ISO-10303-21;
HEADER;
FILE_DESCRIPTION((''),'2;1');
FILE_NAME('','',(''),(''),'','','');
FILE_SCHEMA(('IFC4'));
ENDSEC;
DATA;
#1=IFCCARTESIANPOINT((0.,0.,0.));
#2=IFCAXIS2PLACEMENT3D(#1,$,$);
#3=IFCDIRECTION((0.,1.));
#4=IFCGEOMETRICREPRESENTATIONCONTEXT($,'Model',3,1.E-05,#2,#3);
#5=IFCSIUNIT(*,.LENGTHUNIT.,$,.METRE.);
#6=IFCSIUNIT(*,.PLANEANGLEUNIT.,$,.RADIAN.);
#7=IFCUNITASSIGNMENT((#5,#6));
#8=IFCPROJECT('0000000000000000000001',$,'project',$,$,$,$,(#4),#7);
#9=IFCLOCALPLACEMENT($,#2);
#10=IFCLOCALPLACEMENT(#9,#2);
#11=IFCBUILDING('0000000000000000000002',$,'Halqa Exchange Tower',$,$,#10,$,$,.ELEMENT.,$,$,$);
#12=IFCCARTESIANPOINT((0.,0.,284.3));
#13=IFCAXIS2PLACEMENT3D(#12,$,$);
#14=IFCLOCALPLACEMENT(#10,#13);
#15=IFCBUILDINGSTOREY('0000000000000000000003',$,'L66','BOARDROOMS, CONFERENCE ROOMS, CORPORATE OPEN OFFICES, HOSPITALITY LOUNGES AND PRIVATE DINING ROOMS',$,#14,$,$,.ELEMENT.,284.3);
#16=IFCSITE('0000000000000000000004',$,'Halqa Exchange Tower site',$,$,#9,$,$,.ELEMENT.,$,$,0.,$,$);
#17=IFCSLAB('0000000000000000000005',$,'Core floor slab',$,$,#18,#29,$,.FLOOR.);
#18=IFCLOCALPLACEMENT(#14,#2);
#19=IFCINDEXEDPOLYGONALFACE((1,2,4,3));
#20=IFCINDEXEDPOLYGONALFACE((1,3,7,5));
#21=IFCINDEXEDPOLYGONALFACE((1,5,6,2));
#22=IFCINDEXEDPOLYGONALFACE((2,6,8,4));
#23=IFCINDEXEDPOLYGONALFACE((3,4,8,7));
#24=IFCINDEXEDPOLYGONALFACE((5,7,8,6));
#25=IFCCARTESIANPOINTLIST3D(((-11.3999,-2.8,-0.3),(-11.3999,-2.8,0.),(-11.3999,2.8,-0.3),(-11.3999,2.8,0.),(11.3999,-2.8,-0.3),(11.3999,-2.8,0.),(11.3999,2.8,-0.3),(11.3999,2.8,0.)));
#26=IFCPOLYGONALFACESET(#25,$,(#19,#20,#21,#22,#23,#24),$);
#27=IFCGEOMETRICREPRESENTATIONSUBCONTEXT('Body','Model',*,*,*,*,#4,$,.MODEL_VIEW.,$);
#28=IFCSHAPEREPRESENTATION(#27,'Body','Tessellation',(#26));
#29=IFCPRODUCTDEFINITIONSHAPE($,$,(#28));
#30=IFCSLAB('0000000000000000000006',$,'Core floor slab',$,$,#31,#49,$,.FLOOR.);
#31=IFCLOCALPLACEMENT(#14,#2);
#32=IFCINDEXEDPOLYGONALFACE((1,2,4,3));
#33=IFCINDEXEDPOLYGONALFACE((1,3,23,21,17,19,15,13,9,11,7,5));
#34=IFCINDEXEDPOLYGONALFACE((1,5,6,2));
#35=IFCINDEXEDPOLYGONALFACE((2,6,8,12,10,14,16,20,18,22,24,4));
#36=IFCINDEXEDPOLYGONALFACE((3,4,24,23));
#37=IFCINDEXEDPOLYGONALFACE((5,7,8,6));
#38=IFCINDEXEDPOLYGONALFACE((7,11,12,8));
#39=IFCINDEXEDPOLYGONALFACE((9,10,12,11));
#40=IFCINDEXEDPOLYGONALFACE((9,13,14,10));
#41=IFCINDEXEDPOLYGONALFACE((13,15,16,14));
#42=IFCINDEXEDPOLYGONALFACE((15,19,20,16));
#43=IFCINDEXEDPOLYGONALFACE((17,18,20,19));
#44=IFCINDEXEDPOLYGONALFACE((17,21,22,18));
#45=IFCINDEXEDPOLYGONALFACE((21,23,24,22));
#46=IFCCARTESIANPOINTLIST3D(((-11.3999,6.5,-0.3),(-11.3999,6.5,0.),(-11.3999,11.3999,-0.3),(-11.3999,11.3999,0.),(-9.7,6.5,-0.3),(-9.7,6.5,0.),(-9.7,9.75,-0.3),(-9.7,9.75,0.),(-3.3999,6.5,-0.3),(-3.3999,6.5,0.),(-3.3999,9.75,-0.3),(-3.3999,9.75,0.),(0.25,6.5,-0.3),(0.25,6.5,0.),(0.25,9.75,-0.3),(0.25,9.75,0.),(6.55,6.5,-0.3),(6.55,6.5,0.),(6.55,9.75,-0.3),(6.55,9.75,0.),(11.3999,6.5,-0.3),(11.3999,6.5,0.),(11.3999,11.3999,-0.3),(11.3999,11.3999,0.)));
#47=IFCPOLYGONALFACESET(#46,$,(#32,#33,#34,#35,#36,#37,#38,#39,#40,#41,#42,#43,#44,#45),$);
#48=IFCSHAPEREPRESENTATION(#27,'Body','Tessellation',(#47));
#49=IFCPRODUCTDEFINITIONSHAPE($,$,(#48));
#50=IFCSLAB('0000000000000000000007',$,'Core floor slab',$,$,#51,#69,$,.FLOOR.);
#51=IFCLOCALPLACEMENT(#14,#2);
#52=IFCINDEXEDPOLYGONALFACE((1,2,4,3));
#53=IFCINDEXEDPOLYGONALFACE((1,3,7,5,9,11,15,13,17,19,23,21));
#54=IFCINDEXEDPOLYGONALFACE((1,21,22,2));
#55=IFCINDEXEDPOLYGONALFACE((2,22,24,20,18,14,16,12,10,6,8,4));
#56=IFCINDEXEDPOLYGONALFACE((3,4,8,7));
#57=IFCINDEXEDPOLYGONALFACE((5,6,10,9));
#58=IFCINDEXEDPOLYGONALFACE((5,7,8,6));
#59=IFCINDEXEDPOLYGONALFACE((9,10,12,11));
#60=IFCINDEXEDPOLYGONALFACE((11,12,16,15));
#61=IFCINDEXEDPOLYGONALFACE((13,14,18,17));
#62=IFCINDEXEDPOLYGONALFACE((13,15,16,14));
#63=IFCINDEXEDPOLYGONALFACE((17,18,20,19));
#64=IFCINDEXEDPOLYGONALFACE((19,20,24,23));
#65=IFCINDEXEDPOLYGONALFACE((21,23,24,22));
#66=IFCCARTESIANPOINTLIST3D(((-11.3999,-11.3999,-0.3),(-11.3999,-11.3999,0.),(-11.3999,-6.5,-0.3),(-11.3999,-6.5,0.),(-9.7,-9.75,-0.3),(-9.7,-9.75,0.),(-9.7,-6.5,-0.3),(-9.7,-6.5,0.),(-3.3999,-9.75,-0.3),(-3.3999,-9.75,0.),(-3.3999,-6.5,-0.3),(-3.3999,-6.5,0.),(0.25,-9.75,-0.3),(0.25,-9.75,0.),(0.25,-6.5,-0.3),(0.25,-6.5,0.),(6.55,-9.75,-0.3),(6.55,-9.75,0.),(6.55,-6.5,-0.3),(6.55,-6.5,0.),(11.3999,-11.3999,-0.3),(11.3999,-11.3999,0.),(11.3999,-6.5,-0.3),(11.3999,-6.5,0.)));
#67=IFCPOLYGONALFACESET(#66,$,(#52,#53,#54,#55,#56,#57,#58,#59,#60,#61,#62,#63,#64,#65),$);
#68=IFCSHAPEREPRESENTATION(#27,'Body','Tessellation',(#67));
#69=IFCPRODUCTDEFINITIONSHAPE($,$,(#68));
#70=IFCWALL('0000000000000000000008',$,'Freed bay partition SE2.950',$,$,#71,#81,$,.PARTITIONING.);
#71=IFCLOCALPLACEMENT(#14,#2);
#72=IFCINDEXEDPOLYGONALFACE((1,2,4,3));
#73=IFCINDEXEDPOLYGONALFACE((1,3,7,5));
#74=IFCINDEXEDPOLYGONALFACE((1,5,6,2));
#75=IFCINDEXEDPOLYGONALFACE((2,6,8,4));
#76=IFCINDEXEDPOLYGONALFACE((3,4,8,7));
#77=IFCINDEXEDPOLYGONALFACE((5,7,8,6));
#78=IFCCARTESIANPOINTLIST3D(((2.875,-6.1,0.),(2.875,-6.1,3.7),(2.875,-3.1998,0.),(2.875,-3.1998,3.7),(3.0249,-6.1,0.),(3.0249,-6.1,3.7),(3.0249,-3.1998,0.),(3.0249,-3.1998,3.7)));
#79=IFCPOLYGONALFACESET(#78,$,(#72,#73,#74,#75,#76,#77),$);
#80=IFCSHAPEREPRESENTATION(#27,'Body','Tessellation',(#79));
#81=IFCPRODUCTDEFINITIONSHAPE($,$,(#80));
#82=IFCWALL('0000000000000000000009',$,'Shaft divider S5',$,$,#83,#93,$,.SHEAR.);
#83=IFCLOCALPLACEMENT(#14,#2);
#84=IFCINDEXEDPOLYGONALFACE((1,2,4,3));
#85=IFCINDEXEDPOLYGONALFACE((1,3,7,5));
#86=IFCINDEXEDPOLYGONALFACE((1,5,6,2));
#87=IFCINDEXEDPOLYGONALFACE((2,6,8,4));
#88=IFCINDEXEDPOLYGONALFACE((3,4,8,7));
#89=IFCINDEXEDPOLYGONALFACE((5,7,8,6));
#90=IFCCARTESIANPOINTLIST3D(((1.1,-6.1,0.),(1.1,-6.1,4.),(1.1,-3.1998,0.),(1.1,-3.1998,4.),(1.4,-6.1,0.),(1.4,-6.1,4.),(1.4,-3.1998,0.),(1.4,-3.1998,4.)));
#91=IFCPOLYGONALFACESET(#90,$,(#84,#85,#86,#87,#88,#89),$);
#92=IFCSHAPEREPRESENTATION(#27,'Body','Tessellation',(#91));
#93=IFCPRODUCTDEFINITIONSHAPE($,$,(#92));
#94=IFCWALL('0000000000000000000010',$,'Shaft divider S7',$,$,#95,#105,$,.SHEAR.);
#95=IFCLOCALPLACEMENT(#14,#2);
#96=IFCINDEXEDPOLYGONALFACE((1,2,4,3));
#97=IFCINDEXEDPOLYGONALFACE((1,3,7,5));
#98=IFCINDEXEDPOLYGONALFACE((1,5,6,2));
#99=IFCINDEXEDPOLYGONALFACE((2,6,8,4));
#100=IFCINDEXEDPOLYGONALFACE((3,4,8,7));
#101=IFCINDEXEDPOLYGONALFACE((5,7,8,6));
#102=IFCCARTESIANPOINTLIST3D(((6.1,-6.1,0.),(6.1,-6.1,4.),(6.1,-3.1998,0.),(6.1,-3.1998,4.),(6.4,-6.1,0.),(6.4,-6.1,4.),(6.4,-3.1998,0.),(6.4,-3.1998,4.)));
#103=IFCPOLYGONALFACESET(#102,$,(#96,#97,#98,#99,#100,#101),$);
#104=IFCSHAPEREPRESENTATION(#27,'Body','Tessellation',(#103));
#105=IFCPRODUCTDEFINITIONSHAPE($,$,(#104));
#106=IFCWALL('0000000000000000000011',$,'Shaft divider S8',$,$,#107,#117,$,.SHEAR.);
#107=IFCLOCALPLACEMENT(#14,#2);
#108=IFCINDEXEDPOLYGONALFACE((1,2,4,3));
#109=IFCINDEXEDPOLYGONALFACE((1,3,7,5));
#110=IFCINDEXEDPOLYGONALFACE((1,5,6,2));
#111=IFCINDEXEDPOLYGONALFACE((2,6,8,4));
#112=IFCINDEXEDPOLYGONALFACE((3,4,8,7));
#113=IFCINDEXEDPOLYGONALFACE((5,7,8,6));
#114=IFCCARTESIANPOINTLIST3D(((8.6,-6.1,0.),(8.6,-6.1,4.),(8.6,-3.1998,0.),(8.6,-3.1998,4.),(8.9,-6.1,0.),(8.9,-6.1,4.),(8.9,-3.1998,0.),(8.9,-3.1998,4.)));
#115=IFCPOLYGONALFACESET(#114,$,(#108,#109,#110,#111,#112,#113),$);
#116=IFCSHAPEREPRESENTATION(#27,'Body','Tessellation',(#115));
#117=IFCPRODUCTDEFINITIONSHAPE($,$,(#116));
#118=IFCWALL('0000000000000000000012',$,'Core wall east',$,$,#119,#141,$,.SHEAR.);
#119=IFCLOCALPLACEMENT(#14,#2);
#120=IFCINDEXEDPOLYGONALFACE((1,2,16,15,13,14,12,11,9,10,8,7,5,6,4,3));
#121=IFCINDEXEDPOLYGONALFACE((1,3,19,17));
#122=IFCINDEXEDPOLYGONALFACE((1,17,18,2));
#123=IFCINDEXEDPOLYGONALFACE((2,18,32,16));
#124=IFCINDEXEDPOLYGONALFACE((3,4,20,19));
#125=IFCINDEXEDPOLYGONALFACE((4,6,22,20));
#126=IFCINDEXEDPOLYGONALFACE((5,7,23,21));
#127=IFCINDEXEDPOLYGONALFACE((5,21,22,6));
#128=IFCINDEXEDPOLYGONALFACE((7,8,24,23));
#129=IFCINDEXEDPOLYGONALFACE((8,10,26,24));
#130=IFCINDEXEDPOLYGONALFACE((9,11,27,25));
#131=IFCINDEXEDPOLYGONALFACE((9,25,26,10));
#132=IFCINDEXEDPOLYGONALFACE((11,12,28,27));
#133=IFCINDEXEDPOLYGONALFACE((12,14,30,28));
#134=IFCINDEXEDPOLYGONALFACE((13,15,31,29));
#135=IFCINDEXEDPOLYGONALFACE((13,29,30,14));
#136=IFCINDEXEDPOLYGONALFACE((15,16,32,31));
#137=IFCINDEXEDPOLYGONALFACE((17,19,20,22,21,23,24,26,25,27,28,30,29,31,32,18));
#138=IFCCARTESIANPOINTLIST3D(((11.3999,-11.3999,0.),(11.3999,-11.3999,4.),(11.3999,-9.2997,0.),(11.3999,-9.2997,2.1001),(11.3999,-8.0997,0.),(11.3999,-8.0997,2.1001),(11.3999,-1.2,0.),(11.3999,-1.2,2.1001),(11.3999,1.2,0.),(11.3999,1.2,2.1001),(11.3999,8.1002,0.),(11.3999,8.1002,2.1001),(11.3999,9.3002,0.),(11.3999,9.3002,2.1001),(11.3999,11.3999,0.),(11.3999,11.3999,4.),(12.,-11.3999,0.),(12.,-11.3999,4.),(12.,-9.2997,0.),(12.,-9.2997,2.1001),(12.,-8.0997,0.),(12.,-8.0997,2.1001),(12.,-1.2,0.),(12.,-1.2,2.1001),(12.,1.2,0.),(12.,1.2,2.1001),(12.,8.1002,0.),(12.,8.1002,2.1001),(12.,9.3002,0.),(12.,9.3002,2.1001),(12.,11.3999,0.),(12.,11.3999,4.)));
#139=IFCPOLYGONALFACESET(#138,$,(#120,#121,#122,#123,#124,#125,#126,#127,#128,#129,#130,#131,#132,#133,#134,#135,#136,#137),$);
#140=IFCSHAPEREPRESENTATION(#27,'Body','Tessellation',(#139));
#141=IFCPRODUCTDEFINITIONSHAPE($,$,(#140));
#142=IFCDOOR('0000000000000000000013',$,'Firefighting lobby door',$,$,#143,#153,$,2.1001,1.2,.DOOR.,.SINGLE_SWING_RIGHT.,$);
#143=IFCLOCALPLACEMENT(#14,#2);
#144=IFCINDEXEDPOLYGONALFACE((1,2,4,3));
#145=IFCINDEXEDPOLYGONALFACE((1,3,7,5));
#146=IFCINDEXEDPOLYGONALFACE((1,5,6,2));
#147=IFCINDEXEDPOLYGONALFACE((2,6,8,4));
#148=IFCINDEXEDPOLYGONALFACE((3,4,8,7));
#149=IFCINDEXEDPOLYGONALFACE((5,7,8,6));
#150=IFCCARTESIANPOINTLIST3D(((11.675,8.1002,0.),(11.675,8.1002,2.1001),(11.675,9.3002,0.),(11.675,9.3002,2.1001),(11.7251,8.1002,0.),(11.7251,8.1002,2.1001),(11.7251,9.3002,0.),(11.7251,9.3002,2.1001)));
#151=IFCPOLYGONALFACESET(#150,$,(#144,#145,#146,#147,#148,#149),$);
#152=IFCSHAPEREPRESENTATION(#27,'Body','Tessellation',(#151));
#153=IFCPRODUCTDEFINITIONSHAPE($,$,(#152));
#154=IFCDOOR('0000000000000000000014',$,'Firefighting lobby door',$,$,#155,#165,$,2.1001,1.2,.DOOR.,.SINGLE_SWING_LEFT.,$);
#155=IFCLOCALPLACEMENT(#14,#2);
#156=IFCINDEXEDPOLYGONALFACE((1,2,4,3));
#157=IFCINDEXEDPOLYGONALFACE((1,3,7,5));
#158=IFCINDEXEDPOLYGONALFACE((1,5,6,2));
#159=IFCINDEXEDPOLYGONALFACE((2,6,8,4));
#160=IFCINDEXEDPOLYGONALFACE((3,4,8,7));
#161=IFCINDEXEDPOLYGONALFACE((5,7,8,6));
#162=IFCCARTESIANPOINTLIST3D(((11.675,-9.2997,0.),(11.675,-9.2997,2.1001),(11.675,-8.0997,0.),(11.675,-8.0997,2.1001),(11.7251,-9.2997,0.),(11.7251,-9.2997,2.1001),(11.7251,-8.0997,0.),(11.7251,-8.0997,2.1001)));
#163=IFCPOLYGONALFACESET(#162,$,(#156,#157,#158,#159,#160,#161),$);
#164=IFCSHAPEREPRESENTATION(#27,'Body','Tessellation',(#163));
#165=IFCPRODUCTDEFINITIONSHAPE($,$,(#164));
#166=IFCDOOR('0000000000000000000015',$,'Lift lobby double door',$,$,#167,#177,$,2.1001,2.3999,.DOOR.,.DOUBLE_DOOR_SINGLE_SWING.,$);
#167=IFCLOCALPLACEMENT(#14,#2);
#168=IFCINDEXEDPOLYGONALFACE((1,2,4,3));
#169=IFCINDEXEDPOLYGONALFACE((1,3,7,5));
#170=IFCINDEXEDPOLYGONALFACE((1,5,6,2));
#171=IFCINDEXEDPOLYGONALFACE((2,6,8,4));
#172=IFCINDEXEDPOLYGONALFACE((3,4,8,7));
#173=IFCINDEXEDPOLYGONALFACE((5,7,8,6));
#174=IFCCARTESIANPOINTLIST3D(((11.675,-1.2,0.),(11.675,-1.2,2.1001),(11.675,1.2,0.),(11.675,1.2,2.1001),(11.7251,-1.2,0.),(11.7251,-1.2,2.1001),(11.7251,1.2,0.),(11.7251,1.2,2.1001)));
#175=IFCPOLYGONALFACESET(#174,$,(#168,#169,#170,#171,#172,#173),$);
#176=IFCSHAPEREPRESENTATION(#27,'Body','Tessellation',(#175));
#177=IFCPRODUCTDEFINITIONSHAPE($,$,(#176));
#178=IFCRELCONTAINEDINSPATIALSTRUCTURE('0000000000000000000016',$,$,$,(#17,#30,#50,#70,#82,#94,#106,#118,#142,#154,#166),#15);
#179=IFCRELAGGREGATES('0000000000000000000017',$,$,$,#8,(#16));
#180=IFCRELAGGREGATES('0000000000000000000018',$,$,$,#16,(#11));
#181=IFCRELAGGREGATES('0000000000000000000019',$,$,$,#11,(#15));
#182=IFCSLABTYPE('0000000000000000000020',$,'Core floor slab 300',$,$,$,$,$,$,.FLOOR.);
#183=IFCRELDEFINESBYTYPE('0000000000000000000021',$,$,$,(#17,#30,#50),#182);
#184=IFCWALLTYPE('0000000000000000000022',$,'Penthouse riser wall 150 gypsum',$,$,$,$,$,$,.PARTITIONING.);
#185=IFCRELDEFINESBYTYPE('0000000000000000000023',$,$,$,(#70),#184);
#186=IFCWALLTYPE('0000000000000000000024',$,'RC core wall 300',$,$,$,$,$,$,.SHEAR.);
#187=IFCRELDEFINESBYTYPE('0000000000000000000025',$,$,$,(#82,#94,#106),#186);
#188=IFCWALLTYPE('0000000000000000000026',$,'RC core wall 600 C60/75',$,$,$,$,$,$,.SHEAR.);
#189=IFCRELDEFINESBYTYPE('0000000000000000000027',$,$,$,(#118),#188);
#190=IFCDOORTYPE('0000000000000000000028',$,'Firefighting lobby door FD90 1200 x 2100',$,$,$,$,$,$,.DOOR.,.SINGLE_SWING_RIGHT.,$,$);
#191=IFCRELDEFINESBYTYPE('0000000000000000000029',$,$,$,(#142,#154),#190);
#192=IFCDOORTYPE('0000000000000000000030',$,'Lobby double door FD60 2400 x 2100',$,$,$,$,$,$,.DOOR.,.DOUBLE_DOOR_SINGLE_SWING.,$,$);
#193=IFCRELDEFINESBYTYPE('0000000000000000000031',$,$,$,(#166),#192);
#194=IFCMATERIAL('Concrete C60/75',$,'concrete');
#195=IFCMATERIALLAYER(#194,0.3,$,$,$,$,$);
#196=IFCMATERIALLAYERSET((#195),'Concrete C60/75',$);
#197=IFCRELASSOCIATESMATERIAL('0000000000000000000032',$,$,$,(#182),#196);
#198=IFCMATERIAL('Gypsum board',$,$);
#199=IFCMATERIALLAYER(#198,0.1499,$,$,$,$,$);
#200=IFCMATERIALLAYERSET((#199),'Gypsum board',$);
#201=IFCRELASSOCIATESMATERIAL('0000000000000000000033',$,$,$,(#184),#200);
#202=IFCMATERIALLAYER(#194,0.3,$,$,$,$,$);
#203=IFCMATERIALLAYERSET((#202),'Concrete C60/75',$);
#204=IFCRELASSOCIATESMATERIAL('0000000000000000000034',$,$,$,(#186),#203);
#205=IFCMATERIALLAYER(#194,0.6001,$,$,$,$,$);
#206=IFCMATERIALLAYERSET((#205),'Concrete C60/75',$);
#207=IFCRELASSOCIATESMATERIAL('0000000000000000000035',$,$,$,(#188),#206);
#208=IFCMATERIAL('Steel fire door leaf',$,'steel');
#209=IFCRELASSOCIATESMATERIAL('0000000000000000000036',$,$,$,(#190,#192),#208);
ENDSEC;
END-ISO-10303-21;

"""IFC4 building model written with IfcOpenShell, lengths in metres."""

from ifc_helpers import new_model, si_unit, direction, frame, frame_2d, origin, place, context, subcontext, project, spatial, polyline, rectangle, outline, extrude, material, layer, layer_set, type_object, element, fill, save


model = new_model("IFC4")

# Units and contexts
model_context = context("Model", 3, precision=1e-05, world=origin(), true_north=direction((0.0, 1.0)))
body_context = subcontext(model_context, "Body", "Model", "MODEL_VIEW")
ifc_project = project(units=[si_unit("LENGTHUNIT", "METRE"), si_unit("PLANEANGLEUNIT", "RADIAN")], contexts=[model_context])

# Site, building, storey
site_placement = place(None, origin())
site = spatial("IfcSite", under=ifc_project, at=site_placement, Name="Halqa Exchange Tower site", CompositionType="ELEMENT", RefElevation=0.0)
building_placement = place(site_placement, origin())
building = spatial("IfcBuilding", under=site, at=building_placement, Name="Halqa Exchange Tower", CompositionType="ELEMENT")
storey_placement = place(building_placement, frame((0.0, 0.0, 284.3)))
storey = spatial("IfcBuildingStorey", under=building, at=storey_placement, Name="L66", Description="BOARDROOMS, CONFERENCE ROOMS, CORPORATE OPEN OFFICES, HOSPITALITY LOUNGES AND PRIVATE DINING ROOMS", CompositionType="ELEMENT", Elevation=284.3)

# Slabs
ifc_material_1 = material(Name="Concrete C60/75", Category="concrete")
ifc_layer_1 = layer(ifc_material_1, 0.3)
ifc_layer_set_1 = layer_set([ifc_layer_1], Name="Concrete C60/75")
slab_type = type_object("IfcSlabType", Name="Core floor slab 300", PredefinedType="FLOOR", material=ifc_layer_set_1)
slab_1_placement = place(storey_placement, frame((0.0, 0.0, -0.3)))
element("IfcSlab", 1, at=slab_1_placement, inside=storey, type_object=slab_type, Name="Core floor slab", PredefinedType="FLOOR", context=body_context, shape_type="SweptSolid", body=[
    extrude(outline(polyline([(-11.3999, 2.8), (11.3999, 2.8), (11.3999, -2.8), (-11.3999, -2.8), (-11.3999, 2.8)])), origin(), (0.0, 0.0, 1.0), 0.3),
])
slab_2_placement = place(storey_placement, frame((0.0, 0.0, -0.3)))
element("IfcSlab", 2, at=slab_2_placement, inside=storey, type_object=slab_type, Name="Core floor slab", PredefinedType="FLOOR", context=body_context, shape_type="SweptSolid", body=[
    extrude(outline(polyline([(-11.3999, 11.3999), (11.3999, 11.3999), (11.3999, 6.5), (6.55, 6.5), (6.55, 9.75), (0.25, 9.75), (0.25, 6.5), (-3.3999, 6.5), (-3.3999, 9.75), (-9.7, 9.75), (-9.7, 6.5), (-11.3999, 6.5), (-11.3999, 11.3999)])), origin(), (0.0, 0.0, 1.0), 0.3),
])
slab_3_placement = place(storey_placement, frame((0.0, 0.0, -0.3)))
element("IfcSlab", 3, at=slab_3_placement, inside=storey, type_object=slab_type, Name="Core floor slab", PredefinedType="FLOOR", context=body_context, shape_type="SweptSolid", body=[
    extrude(outline(polyline([(-11.3999, -6.5), (-9.7, -6.5), (-9.7, -9.75), (-3.3999, -9.75), (-3.3999, -6.5), (0.25, -6.5), (0.25, -9.75), (6.55, -9.75), (6.55, -6.5), (11.3999, -6.5), (11.3999, -11.3999), (-11.3999, -11.3999), (-11.3999, -6.5)])), origin(), (0.0, 0.0, 1.0), 0.3),
])

# Walls
ifc_material_2 = material(Name="Gypsum board")
ifc_layer_2 = layer(ifc_material_2, 0.1499)
ifc_layer_set_2 = layer_set([ifc_layer_2], Name="Gypsum board")
wall_type_1 = type_object("IfcWallType", Name="Penthouse riser wall 150 gypsum", PredefinedType="PARTITIONING", material=ifc_layer_set_2)
wall_1_placement = place(storey_placement, frame((2.95, -6.1001, 0.0), z_axis=(0.0, 0.0, 1.0), x_axis=(0.0, 1.0, 0.0)))
element("IfcWall", 4, at=wall_1_placement, inside=storey, type_object=wall_type_1, Name="Freed bay partition SE2.950", PredefinedType="PARTITIONING", context=body_context, shape_type="SweptSolid", body=[
    extrude(rectangle(XDim=2.9001, YDim=0.1499, at=frame_2d((1.4502, 0.0))), origin(), (0.0, 0.0, 1.0), 3.7),
])
ifc_layer_3 = layer(ifc_material_1, 0.3)
ifc_layer_set_3 = layer_set([ifc_layer_3], Name="Concrete C60/75")
wall_type_2 = type_object("IfcWallType", Name="RC core wall 300", PredefinedType="SHEAR", material=ifc_layer_set_3)
for number, where, z_axis, x_axis, name in (
    (5, (1.25, -6.1001, 0.0), (0.0, 0.0, 1.0), (0.0, 1.0, 0.0), "Shaft divider S5"),
    (6, (6.25, -6.1001, 0.0), (0.0, 0.0, 1.0), (0.0, 1.0, 0.0), "Shaft divider S7"),
    (7, (8.75, -6.1001, 0.0), (0.0, 0.0, 1.0), (0.0, 1.0, 0.0), "Shaft divider S8"),
):
    element("IfcWall", number, at=place(storey_placement, frame(where, z_axis=z_axis, x_axis=x_axis)), inside=storey, type_object=wall_type_2, Name=name, PredefinedType="SHEAR", context=body_context, shape_type="SweptSolid", body=[
        extrude(rectangle(XDim=2.9001, YDim=0.3, at=frame_2d((1.4502, 0.0))), origin(), (0.0, 0.0, 1.0), 4.0),
    ])

# Wall, openings, doors
ifc_layer_4 = layer(ifc_material_1, 0.6001)
ifc_layer_set_4 = layer_set([ifc_layer_4], Name="Concrete C60/75")
wall_type_3 = type_object("IfcWallType", Name="RC core wall 600 C60/75", PredefinedType="SHEAR", material=ifc_layer_set_4)
wall_2_placement = place(storey_placement, frame((11.7, -11.3999, 0.0), z_axis=(0.0, 0.0, 1.0), x_axis=(0.0, 1.0, 0.0)))
wall_2 = element("IfcWall", 8, at=wall_2_placement, inside=storey, type_object=wall_type_3, Name="Core wall east", PredefinedType="SHEAR", context=body_context, shape_type="SweptSolid", body=[
    extrude(rectangle(XDim=22.7998, YDim=0.6001, at=frame_2d((11.3999, 0.0))), origin(), (0.0, 0.0, 1.0), 4.0),
])
opening_1_placement = place(wall_2_placement, frame((10.2, 0.0, 0.0)))
opening_1 = element("IfcOpeningElement", 9, at=opening_1_placement, cuts=wall_2, PredefinedType="OPENING", context=body_context, shape_type="SweptSolid", body=[
    extrude(rectangle(XDim=2.3999, YDim=2.1001, at=frame_2d((1.2, 1.05))), frame((0.0, 0.312, 0.0), z_axis=(0.0, -1.0, 0.0), x_axis=(1.0, 0.0, 0.0)), (0.0, 0.0, 1.0), 0.624),
])
opening_2_placement = place(wall_2_placement, frame((19.5, 0.0, 0.0)))
opening_2 = element("IfcOpeningElement", 10, at=opening_2_placement, cuts=wall_2, PredefinedType="OPENING", context=body_context, shape_type="SweptSolid", body=[
    extrude(rectangle(XDim=1.2, YDim=2.1001, at=frame_2d((0.6001, 1.05))), frame((0.0, 0.312, 0.0), z_axis=(0.0, -1.0, 0.0), x_axis=(1.0, 0.0, 0.0)), (0.0, 0.0, 1.0), 0.624),
])
opening_3_placement = place(wall_2_placement, frame((2.1001, 0.0, 0.0)))
opening_3 = element("IfcOpeningElement", 11, at=opening_3_placement, cuts=wall_2, PredefinedType="OPENING", context=body_context, shape_type="SweptSolid", body=[
    extrude(rectangle(XDim=1.2, YDim=2.1001, at=frame_2d((0.6001, 1.05))), frame((0.0, 0.312, 0.0), z_axis=(0.0, -1.0, 0.0), x_axis=(1.0, 0.0, 0.0)), (0.0, 0.0, 1.0), 0.624),
])
ifc_material_3 = material(Name="Steel fire door leaf", Category="steel")
door_type_1 = type_object("IfcDoorType", Name="Firefighting lobby door FD90 1200 x 2100", OperationType="SINGLE_SWING_RIGHT", PredefinedType="DOOR", material=ifc_material_3)
door_1_placement = place(opening_2_placement, origin())
door_1 = element("IfcDoor", 12, at=door_1_placement, inside=storey, type_object=door_type_1, Name="Firefighting lobby door", OperationType="SINGLE_SWING_RIGHT", OverallHeight=2.1001, OverallWidth=1.2, PredefinedType="DOOR", context=body_context, shape_type="SweptSolid", body=[
    extrude(rectangle(XDim=1.2, YDim=2.1001, at=frame_2d((0.6001, 1.05))), frame((0.0, 0.0249, 0.0), z_axis=(0.0, -1.0, 0.0), x_axis=(1.0, 0.0, 0.0)), (0.0, 0.0, 1.0), 0.05),
])
fill(opening_2, door_1)
door_2_placement = place(opening_3_placement, origin())
door_2 = element("IfcDoor", 13, at=door_2_placement, inside=storey, type_object=door_type_1, Name="Firefighting lobby door", OperationType="SINGLE_SWING_LEFT", OverallHeight=2.1001, OverallWidth=1.2, PredefinedType="DOOR", context=body_context, shape_type="SweptSolid", body=[
    extrude(rectangle(XDim=1.2, YDim=2.1001, at=frame_2d((0.6001, 1.05))), frame((0.0, 0.0249, 0.0), z_axis=(0.0, -1.0, 0.0), x_axis=(1.0, 0.0, 0.0)), (0.0, 0.0, 1.0), 0.05),
])
fill(opening_3, door_2)
door_type_2 = type_object("IfcDoorType", Name="Lobby double door FD60 2400 x 2100", OperationType="DOUBLE_DOOR_SINGLE_SWING", PredefinedType="DOOR", material=ifc_material_3)
door_3_placement = place(opening_1_placement, origin())
door_3 = element("IfcDoor", 14, at=door_3_placement, inside=storey, type_object=door_type_2, Name="Lift lobby double door", OperationType="DOUBLE_DOOR_SINGLE_SWING", OverallHeight=2.1001, OverallWidth=2.3999, PredefinedType="DOOR", context=body_context, shape_type="SweptSolid", body=[
    extrude(rectangle(XDim=2.3999, YDim=2.1001, at=frame_2d((1.2, 1.05))), frame((0.0, 0.0249, 0.0), z_axis=(0.0, -1.0, 0.0), x_axis=(1.0, 0.0, 0.0)), (0.0, 0.0, 1.0), 0.05),
])
fill(opening_1, door_3)

save(model, "model.ifc")
